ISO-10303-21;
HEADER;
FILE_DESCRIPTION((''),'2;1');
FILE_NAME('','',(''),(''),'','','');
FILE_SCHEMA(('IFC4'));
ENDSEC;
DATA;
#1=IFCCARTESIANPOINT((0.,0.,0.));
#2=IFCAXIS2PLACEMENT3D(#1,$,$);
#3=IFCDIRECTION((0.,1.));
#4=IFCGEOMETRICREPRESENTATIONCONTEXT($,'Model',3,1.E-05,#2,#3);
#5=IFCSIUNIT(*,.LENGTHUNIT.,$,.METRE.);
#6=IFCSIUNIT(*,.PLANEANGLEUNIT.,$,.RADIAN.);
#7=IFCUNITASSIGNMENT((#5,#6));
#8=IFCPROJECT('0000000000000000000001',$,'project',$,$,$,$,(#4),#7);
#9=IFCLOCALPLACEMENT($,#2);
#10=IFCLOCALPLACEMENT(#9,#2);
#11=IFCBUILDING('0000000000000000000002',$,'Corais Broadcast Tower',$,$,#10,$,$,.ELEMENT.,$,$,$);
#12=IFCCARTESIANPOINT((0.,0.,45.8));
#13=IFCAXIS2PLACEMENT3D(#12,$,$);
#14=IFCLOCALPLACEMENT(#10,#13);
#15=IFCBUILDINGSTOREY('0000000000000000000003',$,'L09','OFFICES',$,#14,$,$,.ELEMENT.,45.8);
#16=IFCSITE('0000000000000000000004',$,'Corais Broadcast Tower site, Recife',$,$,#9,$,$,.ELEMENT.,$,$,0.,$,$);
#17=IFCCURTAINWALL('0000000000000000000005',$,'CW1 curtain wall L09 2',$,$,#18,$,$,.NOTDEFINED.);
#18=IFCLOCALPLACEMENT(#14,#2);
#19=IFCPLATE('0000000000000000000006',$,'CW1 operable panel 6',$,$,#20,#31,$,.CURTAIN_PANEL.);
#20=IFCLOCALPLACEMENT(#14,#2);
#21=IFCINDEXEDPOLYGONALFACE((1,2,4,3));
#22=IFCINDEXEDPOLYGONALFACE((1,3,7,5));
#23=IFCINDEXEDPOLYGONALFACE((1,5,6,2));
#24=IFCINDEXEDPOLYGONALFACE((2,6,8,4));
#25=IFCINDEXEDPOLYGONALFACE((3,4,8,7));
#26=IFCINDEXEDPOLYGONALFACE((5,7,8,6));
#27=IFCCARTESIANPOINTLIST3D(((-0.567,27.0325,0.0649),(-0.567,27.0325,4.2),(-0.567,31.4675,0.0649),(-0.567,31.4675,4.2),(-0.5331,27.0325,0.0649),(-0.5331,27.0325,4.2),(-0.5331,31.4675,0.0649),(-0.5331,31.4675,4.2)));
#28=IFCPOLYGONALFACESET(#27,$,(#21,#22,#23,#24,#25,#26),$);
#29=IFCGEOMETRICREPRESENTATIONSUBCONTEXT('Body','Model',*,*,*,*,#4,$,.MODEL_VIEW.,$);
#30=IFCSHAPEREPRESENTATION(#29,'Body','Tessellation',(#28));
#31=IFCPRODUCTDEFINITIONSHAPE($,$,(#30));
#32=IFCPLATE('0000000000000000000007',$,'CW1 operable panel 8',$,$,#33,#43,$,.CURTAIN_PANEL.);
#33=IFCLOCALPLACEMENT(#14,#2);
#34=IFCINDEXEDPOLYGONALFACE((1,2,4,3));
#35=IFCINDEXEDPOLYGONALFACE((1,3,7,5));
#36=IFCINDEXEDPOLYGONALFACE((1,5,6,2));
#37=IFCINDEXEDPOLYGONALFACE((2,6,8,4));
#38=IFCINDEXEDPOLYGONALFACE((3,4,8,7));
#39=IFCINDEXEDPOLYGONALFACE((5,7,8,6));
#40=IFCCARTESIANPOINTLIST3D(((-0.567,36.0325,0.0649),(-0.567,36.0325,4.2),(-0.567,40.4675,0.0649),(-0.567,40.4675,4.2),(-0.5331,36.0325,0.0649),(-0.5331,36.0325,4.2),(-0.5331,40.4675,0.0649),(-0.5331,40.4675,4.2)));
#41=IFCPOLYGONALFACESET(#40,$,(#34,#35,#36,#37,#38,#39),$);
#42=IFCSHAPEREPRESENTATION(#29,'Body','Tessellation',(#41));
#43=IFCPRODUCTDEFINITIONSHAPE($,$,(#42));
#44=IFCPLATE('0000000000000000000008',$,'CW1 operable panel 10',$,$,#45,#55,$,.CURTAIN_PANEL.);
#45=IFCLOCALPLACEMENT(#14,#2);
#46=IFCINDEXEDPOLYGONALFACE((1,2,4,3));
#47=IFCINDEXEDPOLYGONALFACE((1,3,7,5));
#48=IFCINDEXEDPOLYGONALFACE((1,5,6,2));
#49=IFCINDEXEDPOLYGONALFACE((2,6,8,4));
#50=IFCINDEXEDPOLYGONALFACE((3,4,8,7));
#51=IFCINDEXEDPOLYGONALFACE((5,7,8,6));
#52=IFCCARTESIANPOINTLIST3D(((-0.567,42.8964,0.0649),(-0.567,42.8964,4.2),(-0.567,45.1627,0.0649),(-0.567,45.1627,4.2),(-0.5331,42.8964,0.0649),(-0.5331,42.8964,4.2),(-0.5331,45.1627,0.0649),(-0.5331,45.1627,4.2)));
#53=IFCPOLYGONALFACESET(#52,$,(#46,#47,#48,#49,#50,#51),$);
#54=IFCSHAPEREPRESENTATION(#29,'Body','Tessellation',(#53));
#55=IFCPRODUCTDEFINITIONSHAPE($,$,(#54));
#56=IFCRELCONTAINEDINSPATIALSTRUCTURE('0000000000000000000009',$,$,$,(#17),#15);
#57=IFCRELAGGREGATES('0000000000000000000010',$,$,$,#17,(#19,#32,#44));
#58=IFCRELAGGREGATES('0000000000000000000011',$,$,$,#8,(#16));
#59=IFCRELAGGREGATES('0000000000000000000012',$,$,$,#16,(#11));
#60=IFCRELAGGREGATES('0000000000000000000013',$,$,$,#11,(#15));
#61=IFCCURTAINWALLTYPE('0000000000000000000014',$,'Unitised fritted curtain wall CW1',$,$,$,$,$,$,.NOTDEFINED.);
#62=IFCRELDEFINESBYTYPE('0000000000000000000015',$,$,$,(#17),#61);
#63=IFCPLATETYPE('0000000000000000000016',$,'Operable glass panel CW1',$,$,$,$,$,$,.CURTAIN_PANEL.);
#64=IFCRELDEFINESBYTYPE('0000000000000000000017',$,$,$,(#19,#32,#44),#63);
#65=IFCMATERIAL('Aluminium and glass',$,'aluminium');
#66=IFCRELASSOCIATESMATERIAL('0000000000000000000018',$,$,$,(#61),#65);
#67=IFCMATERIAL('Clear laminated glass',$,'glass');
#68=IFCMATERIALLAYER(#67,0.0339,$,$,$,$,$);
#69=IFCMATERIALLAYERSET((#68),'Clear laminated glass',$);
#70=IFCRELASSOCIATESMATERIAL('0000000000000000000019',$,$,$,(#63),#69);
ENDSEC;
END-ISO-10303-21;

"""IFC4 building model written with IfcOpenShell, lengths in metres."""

from ifc_helpers import new_model, si_unit, direction, frame, origin, origin_2d, place, context, subcontext, project, spatial, rectangle, extrude, material, layer, layer_set, type_object, element, aggregate, save


model = new_model("IFC4")

# Units and contexts
model_context = context("Model", 3, precision=1e-05, world=origin(), true_north=direction((0.0, 1.0)))
body_context = subcontext(model_context, "Body", "Model", "MODEL_VIEW")
ifc_project = project(units=[si_unit("LENGTHUNIT", "METRE"), si_unit("PLANEANGLEUNIT", "RADIAN")], contexts=[model_context])

# Site, building, storey
site_placement = place(None, origin())
site = spatial("IfcSite", under=ifc_project, at=site_placement, Name="Corais Broadcast Tower site, Recife", CompositionType="ELEMENT", RefElevation=0.0)
building_placement = place(site_placement, origin())
building = spatial("IfcBuilding", under=site, at=building_placement, Name="Corais Broadcast Tower", CompositionType="ELEMENT")
storey_placement = place(building_placement, frame((0.0, 0.0, 45.8)))
storey = spatial("IfcBuildingStorey", under=building, at=storey_placement, Name="L09", Description="OFFICES", CompositionType="ELEMENT", Elevation=45.8)

# Curtain wall
ifc_material_1 = material(Name="Aluminium and glass", Category="aluminium")
curtain_wall_type = type_object("IfcCurtainWallType", Name="Unitised fritted curtain wall CW1", PredefinedType="NOTDEFINED", material=ifc_material_1)
curtain_wall_placement = place(storey_placement, origin())
curtain_wall = element("IfcCurtainWall", 1, at=curtain_wall_placement, inside=storey, type_object=curtain_wall_type, Name="CW1 curtain wall L09 2", PredefinedType="NOTDEFINED")

# Plates
ifc_material_2 = material(Name="Clear laminated glass", Category="glass")
ifc_layer_1 = layer(ifc_material_2, 0.0339)
ifc_layer_set_1 = layer_set([ifc_layer_1], Name="Clear laminated glass")
plate_type_1 = type_object("IfcPlateType", Name="Operable glass panel CW1", PredefinedType="CURTAIN_PANEL", material=ifc_layer_set_1)
plate_1_placement = place(storey_placement, frame((-0.55, 29.25, 0.0649), z_axis=(0.0, 0.0, 1.0), x_axis=(0.0, 1.0, 0.0)))
plate_1 = element("IfcPlate", 2, at=plate_1_placement, type_object=plate_type_1, Name="CW1 operable panel 6", PredefinedType="CURTAIN_PANEL", context=body_context, shape_type="SweptSolid", body=[
    extrude(rectangle(XDim=4.4351, YDim=0.0339, at=origin_2d()), origin(), (0.0, 0.0, 1.0), 4.135),
])
plate_2_placement = place(storey_placement, frame((-0.55, 38.25, 0.0649), z_axis=(0.0, 0.0, 1.0), x_axis=(0.0, 1.0, 0.0)))
plate_2 = element("IfcPlate", 3, at=plate_2_placement, type_object=plate_type_1, Name="CW1 operable panel 8", PredefinedType="CURTAIN_PANEL", context=body_context, shape_type="SweptSolid", body=[
    extrude(rectangle(XDim=4.4351, YDim=0.0339, at=origin_2d()), origin(), (0.0, 0.0, 1.0), 4.135),
])
plate_3_placement = place(storey_placement, frame((-0.55, 44.0295, 0.0649), z_axis=(0.0, 0.0, 1.0), x_axis=(0.0, 1.0, 0.0)))
plate_3 = element("IfcPlate", 4, at=plate_3_placement, type_object=plate_type_1, Name="CW1 operable panel 10", PredefinedType="CURTAIN_PANEL", context=body_context, shape_type="SweptSolid", body=[
    extrude(rectangle(XDim=2.2664, YDim=0.0339, at=origin_2d()), origin(), (0.0, 0.0, 1.0), 4.135),
])
aggregate(curtain_wall, [plate_1, plate_2, plate_3])

save(model, "model.ifc")
